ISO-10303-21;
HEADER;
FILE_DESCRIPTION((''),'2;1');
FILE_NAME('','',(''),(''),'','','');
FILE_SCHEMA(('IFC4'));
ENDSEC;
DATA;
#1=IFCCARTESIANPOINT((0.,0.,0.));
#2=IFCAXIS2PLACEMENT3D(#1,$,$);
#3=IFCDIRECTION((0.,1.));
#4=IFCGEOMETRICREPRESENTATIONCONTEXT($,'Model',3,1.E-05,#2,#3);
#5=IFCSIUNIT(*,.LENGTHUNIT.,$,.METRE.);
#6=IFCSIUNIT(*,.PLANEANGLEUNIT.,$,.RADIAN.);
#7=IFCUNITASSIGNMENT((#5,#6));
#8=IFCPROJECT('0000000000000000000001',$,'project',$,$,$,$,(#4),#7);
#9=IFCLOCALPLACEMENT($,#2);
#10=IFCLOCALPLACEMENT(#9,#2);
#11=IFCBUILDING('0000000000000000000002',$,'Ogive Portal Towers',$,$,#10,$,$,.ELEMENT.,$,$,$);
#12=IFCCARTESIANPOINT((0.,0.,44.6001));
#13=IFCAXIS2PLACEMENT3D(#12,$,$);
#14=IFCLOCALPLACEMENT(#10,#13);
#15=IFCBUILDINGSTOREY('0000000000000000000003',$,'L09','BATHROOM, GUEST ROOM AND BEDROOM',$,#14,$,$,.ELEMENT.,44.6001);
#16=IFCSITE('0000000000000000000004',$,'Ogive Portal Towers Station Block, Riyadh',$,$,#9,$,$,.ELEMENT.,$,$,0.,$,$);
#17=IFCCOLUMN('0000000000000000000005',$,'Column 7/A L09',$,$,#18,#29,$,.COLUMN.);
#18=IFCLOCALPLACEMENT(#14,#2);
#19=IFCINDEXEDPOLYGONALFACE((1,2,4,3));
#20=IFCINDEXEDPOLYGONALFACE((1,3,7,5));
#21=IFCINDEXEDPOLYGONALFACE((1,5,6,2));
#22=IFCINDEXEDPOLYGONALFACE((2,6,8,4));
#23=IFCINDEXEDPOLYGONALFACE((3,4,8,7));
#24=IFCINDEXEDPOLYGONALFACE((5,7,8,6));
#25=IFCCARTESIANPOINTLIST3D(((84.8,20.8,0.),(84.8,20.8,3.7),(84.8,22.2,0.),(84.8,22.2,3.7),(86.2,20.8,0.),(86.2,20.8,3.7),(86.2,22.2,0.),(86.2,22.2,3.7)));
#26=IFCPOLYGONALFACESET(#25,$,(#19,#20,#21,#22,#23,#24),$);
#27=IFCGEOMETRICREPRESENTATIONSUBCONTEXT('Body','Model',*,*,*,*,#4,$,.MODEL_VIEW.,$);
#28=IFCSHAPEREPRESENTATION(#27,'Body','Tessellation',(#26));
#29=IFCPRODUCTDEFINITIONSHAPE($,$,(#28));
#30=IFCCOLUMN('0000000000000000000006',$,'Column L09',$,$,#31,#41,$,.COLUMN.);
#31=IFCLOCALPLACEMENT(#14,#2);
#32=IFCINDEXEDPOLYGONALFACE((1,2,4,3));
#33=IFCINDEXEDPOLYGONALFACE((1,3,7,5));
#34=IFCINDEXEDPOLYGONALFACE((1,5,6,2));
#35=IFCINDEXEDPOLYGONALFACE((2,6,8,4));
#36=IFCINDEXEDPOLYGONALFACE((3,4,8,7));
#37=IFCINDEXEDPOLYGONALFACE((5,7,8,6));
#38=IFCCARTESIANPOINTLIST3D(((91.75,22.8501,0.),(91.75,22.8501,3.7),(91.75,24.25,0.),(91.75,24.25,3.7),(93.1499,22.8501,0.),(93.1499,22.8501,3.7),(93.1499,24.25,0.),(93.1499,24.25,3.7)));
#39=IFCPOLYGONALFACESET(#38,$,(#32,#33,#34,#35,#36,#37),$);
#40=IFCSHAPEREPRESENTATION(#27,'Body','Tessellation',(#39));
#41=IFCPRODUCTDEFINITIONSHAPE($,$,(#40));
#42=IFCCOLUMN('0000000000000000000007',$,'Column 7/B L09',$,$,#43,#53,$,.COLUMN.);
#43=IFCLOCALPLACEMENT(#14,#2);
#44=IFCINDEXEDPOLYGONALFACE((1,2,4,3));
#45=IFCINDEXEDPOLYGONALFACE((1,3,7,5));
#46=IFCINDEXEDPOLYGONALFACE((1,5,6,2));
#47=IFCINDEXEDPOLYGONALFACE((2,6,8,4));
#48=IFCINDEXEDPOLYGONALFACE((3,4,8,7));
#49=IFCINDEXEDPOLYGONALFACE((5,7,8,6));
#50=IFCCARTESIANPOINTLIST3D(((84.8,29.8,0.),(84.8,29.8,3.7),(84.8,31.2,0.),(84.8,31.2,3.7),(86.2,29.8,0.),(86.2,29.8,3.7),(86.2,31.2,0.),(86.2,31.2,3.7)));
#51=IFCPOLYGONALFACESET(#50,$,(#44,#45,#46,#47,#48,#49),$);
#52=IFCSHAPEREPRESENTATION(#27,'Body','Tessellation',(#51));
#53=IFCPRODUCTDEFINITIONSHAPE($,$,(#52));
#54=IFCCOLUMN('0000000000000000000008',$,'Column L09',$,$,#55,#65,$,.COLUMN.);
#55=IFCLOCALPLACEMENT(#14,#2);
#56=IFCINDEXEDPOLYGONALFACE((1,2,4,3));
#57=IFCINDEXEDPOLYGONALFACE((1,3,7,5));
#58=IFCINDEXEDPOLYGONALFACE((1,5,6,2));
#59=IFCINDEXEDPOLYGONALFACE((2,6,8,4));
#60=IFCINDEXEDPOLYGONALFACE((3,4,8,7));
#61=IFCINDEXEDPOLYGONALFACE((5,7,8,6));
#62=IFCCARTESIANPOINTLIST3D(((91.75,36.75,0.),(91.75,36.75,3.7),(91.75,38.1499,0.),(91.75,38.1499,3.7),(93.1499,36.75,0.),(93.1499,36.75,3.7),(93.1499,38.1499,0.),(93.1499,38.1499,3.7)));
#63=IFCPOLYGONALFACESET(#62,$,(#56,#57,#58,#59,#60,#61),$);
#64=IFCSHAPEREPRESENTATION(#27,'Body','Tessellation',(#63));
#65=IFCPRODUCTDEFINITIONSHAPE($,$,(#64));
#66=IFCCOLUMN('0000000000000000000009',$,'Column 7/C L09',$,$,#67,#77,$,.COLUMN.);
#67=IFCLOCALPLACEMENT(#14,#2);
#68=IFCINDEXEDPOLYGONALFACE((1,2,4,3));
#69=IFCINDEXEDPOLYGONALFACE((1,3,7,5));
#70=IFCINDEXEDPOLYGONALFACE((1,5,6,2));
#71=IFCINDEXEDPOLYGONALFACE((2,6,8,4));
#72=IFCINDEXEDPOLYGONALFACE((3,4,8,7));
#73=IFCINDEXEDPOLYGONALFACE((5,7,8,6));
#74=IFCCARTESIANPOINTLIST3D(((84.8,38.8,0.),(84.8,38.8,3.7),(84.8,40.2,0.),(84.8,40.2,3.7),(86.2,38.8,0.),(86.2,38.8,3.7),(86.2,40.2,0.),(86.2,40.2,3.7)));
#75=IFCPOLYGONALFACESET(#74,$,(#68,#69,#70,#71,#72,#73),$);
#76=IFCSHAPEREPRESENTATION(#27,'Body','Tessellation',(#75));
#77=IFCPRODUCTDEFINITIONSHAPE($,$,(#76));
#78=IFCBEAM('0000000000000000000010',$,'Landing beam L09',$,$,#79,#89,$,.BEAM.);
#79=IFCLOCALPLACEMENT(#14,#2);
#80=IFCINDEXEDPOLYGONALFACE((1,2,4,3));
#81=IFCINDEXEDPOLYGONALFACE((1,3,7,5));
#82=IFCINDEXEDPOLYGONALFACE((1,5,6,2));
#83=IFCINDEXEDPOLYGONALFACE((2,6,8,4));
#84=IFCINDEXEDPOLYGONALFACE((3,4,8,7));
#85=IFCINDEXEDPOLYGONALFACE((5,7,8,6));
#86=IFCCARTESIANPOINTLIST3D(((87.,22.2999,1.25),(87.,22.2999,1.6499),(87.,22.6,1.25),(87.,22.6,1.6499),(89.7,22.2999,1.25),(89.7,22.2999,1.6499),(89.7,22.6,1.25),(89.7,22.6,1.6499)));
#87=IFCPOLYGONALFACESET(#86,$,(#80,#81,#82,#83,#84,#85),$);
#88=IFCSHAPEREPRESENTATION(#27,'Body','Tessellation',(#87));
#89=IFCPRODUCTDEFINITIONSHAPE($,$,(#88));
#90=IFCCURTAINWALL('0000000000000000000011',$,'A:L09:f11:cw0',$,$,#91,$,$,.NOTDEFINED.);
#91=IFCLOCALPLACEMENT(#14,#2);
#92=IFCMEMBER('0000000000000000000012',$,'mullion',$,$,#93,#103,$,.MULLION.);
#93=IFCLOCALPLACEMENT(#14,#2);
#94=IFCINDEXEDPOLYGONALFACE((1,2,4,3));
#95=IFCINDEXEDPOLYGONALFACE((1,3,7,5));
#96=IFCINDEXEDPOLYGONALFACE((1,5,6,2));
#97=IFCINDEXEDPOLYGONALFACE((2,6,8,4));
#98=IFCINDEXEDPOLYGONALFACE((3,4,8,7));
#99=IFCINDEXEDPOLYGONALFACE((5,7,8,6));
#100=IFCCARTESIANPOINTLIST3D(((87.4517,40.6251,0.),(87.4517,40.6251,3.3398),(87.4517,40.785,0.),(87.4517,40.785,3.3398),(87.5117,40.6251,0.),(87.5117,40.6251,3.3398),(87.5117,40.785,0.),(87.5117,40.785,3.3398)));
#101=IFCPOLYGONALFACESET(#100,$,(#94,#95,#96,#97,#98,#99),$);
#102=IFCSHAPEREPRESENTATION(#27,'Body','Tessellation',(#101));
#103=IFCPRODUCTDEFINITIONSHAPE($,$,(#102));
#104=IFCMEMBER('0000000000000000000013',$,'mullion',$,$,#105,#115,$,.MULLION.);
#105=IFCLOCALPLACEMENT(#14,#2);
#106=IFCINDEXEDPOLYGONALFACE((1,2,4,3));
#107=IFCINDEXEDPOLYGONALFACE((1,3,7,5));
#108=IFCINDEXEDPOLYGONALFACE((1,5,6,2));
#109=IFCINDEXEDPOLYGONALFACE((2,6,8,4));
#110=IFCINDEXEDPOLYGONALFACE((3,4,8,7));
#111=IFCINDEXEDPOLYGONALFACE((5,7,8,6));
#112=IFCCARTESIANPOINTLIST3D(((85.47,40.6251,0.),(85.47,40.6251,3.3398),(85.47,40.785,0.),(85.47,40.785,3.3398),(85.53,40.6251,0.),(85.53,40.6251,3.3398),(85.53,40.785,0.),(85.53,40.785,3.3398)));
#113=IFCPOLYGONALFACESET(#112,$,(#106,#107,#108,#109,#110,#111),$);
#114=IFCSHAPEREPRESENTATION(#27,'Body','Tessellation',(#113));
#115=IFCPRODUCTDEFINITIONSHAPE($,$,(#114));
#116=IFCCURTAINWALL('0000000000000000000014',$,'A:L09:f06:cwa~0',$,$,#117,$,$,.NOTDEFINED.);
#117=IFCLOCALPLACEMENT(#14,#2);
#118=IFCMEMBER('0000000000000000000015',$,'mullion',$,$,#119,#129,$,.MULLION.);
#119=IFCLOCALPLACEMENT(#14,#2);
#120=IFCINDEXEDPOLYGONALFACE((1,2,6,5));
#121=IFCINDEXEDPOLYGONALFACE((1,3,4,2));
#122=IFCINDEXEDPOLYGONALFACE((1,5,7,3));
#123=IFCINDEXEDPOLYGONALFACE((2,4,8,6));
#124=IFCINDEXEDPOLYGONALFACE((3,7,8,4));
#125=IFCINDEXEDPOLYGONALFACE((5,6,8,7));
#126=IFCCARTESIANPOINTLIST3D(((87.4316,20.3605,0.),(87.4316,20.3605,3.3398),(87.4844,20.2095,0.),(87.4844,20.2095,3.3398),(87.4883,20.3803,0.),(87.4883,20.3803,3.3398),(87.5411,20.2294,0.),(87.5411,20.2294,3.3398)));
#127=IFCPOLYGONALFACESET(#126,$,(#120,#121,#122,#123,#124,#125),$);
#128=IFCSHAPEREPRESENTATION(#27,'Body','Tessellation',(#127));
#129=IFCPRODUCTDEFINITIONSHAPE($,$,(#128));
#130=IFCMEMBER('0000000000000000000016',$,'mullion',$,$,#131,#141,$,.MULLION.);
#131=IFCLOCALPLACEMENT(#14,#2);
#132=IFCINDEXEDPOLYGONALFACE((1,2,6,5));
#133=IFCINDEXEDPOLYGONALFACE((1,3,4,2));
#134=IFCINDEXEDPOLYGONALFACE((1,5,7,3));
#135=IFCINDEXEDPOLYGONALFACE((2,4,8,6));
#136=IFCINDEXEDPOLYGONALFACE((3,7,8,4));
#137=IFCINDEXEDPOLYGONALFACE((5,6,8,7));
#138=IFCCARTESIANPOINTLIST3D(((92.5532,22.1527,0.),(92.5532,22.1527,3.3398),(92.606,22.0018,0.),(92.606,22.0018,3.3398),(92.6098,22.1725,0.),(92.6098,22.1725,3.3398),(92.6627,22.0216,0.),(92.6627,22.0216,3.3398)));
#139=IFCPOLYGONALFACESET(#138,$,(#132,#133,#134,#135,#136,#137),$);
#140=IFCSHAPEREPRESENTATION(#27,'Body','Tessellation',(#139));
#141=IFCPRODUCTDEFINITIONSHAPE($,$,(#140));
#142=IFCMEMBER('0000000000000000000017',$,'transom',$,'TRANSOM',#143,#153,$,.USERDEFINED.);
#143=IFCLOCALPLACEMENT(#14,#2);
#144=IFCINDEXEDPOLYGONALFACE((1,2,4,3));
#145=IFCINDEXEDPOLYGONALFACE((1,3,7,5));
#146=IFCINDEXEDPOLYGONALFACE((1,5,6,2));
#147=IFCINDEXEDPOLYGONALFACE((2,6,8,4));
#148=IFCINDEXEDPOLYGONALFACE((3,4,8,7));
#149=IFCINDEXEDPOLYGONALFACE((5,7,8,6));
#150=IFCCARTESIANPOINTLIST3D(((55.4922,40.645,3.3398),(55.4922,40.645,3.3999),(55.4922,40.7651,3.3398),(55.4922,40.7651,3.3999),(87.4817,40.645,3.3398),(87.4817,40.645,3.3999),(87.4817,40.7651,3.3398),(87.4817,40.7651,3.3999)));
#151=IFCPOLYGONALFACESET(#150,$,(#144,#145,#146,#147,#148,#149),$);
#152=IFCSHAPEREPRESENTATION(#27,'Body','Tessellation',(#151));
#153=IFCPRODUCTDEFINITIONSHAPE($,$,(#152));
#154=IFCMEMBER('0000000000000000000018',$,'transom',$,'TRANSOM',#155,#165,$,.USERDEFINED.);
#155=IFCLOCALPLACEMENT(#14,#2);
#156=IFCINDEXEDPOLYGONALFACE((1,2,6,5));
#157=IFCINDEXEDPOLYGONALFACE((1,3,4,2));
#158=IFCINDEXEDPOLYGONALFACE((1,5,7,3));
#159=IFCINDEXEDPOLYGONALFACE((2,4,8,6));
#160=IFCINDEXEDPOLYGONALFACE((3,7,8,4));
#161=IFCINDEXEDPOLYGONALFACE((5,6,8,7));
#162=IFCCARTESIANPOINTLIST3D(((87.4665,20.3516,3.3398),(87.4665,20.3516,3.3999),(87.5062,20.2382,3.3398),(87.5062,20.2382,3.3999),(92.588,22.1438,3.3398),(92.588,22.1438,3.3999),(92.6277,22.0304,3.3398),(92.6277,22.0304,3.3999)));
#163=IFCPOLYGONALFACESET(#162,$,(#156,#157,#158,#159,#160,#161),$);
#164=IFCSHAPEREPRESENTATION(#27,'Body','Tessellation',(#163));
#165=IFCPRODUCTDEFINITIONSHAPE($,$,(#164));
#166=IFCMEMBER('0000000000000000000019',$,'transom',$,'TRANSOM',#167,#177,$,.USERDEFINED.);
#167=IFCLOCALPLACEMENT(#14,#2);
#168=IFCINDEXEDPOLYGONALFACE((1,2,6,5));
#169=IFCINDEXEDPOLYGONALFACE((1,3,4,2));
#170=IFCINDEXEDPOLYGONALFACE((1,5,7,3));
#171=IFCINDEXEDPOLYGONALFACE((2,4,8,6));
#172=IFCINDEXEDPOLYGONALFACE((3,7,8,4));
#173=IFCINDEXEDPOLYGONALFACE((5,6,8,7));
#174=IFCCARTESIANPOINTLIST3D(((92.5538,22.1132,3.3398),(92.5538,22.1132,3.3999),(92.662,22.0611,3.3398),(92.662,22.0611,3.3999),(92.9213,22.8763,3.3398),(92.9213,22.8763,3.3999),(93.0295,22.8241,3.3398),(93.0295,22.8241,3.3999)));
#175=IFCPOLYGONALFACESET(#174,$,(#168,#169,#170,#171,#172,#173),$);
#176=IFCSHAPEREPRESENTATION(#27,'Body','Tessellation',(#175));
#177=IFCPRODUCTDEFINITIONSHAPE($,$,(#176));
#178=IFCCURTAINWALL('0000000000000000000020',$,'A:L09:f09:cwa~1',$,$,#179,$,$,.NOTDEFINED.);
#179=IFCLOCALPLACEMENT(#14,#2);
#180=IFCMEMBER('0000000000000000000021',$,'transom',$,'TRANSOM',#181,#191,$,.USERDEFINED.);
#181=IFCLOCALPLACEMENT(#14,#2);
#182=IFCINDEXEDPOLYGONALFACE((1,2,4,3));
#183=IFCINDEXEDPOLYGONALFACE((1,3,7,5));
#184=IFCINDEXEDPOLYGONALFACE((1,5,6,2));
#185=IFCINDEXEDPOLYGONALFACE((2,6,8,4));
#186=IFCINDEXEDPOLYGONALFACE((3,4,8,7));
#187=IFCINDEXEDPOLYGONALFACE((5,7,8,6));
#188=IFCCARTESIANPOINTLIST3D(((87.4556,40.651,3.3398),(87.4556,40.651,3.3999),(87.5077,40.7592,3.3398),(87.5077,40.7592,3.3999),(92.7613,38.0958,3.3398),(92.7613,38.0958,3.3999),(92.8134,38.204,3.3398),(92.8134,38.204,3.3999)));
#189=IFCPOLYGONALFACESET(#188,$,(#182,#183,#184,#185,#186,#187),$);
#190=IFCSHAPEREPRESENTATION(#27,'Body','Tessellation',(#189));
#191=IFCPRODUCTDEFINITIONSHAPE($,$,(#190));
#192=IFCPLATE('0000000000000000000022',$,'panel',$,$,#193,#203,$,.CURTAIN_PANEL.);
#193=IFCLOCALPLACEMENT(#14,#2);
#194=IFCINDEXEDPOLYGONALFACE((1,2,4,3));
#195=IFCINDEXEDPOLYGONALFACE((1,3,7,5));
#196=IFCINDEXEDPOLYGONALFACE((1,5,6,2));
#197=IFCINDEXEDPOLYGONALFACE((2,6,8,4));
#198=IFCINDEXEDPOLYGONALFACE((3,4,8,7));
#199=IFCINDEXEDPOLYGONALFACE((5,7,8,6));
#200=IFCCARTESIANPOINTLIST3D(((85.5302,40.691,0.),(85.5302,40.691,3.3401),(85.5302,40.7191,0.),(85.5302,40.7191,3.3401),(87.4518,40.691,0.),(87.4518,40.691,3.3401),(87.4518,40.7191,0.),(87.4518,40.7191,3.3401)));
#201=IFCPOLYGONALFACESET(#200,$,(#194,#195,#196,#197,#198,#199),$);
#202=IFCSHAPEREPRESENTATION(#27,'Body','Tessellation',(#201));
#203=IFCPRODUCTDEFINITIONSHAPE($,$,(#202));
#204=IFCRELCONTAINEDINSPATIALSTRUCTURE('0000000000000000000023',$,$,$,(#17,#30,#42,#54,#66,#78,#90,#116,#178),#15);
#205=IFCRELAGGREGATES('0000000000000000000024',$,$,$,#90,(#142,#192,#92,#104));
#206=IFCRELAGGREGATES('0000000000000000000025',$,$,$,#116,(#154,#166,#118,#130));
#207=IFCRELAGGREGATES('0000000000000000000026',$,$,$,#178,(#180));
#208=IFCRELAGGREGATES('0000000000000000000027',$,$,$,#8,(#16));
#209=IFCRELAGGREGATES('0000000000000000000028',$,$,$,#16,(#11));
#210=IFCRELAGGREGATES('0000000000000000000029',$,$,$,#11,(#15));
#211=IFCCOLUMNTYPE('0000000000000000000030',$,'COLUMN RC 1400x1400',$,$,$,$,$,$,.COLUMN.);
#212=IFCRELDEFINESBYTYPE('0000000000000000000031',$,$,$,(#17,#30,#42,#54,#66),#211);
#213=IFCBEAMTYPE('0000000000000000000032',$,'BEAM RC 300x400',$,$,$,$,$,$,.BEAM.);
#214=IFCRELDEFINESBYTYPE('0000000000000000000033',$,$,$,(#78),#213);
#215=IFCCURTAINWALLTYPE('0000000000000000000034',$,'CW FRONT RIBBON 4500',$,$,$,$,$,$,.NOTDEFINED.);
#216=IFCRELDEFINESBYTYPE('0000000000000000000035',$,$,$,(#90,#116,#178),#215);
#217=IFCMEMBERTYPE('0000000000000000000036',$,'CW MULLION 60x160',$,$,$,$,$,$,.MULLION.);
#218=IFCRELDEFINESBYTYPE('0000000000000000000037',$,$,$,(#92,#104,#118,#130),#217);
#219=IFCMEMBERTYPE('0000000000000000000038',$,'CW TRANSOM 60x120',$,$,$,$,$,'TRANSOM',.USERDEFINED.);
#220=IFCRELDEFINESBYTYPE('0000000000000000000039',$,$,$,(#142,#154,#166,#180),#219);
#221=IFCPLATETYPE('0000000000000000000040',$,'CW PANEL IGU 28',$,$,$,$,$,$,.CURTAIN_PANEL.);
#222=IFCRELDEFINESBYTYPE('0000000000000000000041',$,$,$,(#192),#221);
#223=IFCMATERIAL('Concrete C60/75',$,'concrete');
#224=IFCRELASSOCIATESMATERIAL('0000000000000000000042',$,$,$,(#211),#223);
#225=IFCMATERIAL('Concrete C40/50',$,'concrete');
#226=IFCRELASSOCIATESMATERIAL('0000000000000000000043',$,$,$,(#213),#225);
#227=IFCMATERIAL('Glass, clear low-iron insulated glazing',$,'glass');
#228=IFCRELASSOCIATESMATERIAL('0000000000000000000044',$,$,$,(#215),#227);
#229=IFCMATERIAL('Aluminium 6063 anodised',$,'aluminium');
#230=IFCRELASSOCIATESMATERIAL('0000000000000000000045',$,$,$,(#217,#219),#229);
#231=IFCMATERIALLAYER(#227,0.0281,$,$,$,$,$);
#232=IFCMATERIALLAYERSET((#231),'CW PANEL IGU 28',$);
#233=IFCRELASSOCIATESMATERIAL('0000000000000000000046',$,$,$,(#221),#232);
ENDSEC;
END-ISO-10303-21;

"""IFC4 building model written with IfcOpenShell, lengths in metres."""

from ifc_helpers import new_model, si_unit, direction, frame, origin, origin_2d, place, context, subcontext, project, spatial, rectangle, extrude, material, layer, layer_set, material_profile, profile_set, type_object, element, aggregate, save


model = new_model("IFC4")

# Units and contexts
model_context = context("Model", 3, precision=1e-05, world=origin(), true_north=direction((0.0, 1.0)))
body_context = subcontext(model_context, "Body", "Model", "MODEL_VIEW")
ifc_project = project(units=[si_unit("LENGTHUNIT", "METRE"), si_unit("PLANEANGLEUNIT", "RADIAN")], contexts=[model_context])

# Site, building, storey
site_placement = place(None, origin())
site = spatial("IfcSite", under=ifc_project, at=site_placement, Name="Ogive Portal Towers Station Block, Riyadh", CompositionType="ELEMENT", RefElevation=0.0)
building_placement = place(site_placement, origin())
building = spatial("IfcBuilding", under=site, at=building_placement, Name="Ogive Portal Towers", CompositionType="ELEMENT")
storey_placement = place(building_placement, frame((0.0, 0.0, 44.6001)))
storey = spatial("IfcBuildingStorey", under=building, at=storey_placement, Name="L09", Description="BATHROOM, GUEST ROOM AND BEDROOM", CompositionType="ELEMENT", Elevation=44.6001)

# Columns
ifc_material_1 = material(Name="Concrete C60/75", Category="concrete")
ifc_material_profile_1 = material_profile(ifc_material_1, rectangle(XDim=1.3999, YDim=1.3999, at=origin_2d()), Name="RC 1400x1400")
ifc_profile_set_1 = profile_set([ifc_material_profile_1], Name="Concrete C60/75")
column_type = type_object("IfcColumnType", Name="COLUMN RC 1400x1400", PredefinedType="COLUMN", material=ifc_profile_set_1)
for number, where, z_axis, x_axis, name in (
    (1, (85.5, 21.5, 0.0), (0.0, 0.0, 1.0), (1.0, 0.0, 0.0), "Column 7/A L09"),
    (2, (92.45, 23.55, 0.0), (0.0, 0.0, 1.0), (1.0, 0.0, 0.0), "Column L09"),
    (3, (85.5, 30.5, 0.0), (0.0, 0.0, 1.0), (1.0, 0.0, 0.0), "Column 7/B L09"),
    (4, (92.45, 37.45, 0.0), (0.0, 0.0, 1.0), (1.0, 0.0, 0.0), "Column L09"),
    (5, (85.5, 39.5, 0.0), (0.0, 0.0, 1.0), (1.0, 0.0, 0.0), "Column 7/C L09"),
):
    element("IfcColumn", number, at=place(storey_placement, frame(where, z_axis=z_axis, x_axis=x_axis)), inside=storey, type_object=column_type, Name=name, PredefinedType="COLUMN", context=body_context, shape_type="SweptSolid", body=[
        extrude(rectangle(XDim=1.3999, YDim=1.3999, at=origin_2d()), origin(), (0.0, 0.0, 1.0), 3.7),
    ])

# Beam
ifc_material_2 = material(Name="Concrete C40/50", Category="concrete")
ifc_material_profile_2 = material_profile(ifc_material_2, rectangle(XDim=0.3, YDim=0.3999, at=origin_2d()), Name="RC 300x400")
ifc_profile_set_2 = profile_set([ifc_material_profile_2], Name="Concrete C40/50")
beam_type = type_object("IfcBeamType", Name="BEAM RC 300x400", PredefinedType="BEAM", material=ifc_profile_set_2)
beam_placement = place(storey_placement, frame((87.0, 22.45, 1.45), z_axis=(1.0, 0.0, 0.0), x_axis=(0.0, 1.0, 0.0)))
element("IfcBeam", 6, at=beam_placement, inside=storey, type_object=beam_type, Name="Landing beam L09", PredefinedType="BEAM", context=body_context, shape_type="SweptSolid", body=[
    extrude(rectangle(XDim=0.3, YDim=0.3999, at=origin_2d()), origin(), (0.0, 0.0, 1.0), 2.7),
])

# Curtain walls, members
ifc_material_3 = material(Name="Glass, clear low-iron insulated glazing", Category="glass")
curtain_wall_type = type_object("IfcCurtainWallType", Name="CW FRONT RIBBON 4500", PredefinedType="NOTDEFINED", material=ifc_material_3)
curtain_wall_1_placement = place(storey_placement, origin())
curtain_wall_1 = element("IfcCurtainWall", 7, at=curtain_wall_1_placement, inside=storey, type_object=curtain_wall_type, Name="A:L09:f11:cw0", PredefinedType="NOTDEFINED")
ifc_material_4 = material(Name="Aluminium 6063 anodised", Category="aluminium")
ifc_material_profile_3 = material_profile(ifc_material_4, rectangle(XDim=0.1599, YDim=0.0601, at=origin_2d()), Name="AL 60x160")
ifc_profile_set_3 = profile_set([ifc_material_profile_3], Name="Aluminium 6063 anodised")
member_type_1 = type_object("IfcMemberType", Name="CW MULLION 60x160", PredefinedType="MULLION", material=ifc_profile_set_3)
member_1_placement = place(storey_placement, frame((87.4817, 40.7051, 0.0), z_axis=(0.0, 0.0, 1.0), x_axis=(0.0, -1.0, 0.0)))
member_1 = element("IfcMember", 8, at=member_1_placement, type_object=member_type_1, Name="mullion", PredefinedType="MULLION", context=body_context, shape_type="SweptSolid", body=[
    extrude(rectangle(XDim=0.1599, YDim=0.0601, at=origin_2d()), origin(), (0.0, 0.0, 1.0), 3.3398),
])
member_2_placement = place(storey_placement, frame((85.5, 40.7051, 0.0), z_axis=(0.0, 0.0, 1.0), x_axis=(0.0, -1.0, 0.0)))
member_2 = element("IfcMember", 9, at=member_2_placement, type_object=member_type_1, Name="mullion", PredefinedType="MULLION", context=body_context, shape_type="SweptSolid", body=[
    extrude(rectangle(XDim=0.1599, YDim=0.0601, at=origin_2d()), origin(), (0.0, 0.0, 1.0), 3.3398),
])
curtain_wall_2_placement = place(storey_placement, origin())
curtain_wall_2 = element("IfcCurtainWall", 10, at=curtain_wall_2_placement, inside=storey, type_object=curtain_wall_type, Name="A:L09:f06:cwa~0", PredefinedType="NOTDEFINED")
member_3_placement = place(storey_placement, frame((87.4863, 20.2949, 0.0), z_axis=(0.0, 0.0, 1.0), x_axis=(-0.330279, 0.943883, 0.0)))
member_3 = element("IfcMember", 11, at=member_3_placement, type_object=member_type_1, Name="mullion", PredefinedType="MULLION", context=body_context, shape_type="SweptSolid", body=[
    extrude(rectangle(XDim=0.1599, YDim=0.0601, at=origin_2d()), origin(), (0.0, 0.0, 1.0), 3.3398),
])
member_4_placement = place(storey_placement, frame((92.6079, 22.0872, 0.0), z_axis=(0.0, 0.0, 1.0), x_axis=(-0.330279, 0.943883, 0.0)))
member_4 = element("IfcMember", 12, at=member_4_placement, type_object=member_type_1, Name="mullion", PredefinedType="MULLION", context=body_context, shape_type="SweptSolid", body=[
    extrude(rectangle(XDim=0.1599, YDim=0.0601, at=origin_2d()), origin(), (0.0, 0.0, 1.0), 3.3398),
])

# Members
ifc_material_profile_4 = material_profile(ifc_material_4, rectangle(XDim=0.1201, YDim=0.0601, at=origin_2d()), Name="AL 120x60")
ifc_profile_set_4 = profile_set([ifc_material_profile_4], Name="Aluminium 6063 anodised")
member_type_2 = type_object("IfcMemberType", Name="CW TRANSOM 60x120", ElementType="TRANSOM", PredefinedType="USERDEFINED", material=ifc_profile_set_4)
member_5_placement = place(storey_placement, frame((87.4817, 40.7051, 3.3699), z_axis=(-1.0, 0.0, 0.0), x_axis=(0.0, -1.0, 0.0)))
member_5 = element("IfcMember", 13, at=member_5_placement, type_object=member_type_2, Name="transom", ObjectType="TRANSOM", PredefinedType="USERDEFINED", context=body_context, shape_type="SweptSolid", body=[
    extrude(rectangle(XDim=0.1201, YDim=0.0601, at=origin_2d()), origin(), (0.0, 0.0, 1.0), 31.9895),
])
member_6_placement = place(storey_placement, frame((87.4863, 20.2949, 3.3699), z_axis=(0.943877, 0.330298, 0.0), x_axis=(-0.330298, 0.943877, 0.0)))
member_6 = element("IfcMember", 14, at=member_6_placement, type_object=member_type_2, Name="transom", ObjectType="TRANSOM", PredefinedType="USERDEFINED", context=body_context, shape_type="SweptSolid", body=[
    extrude(rectangle(XDim=0.1201, YDim=0.0601, at=origin_2d()), origin(), (0.0, 0.0, 1.0), 5.426),
])
member_7_placement = place(storey_placement, frame((92.6079, 22.0872, 3.3699), z_axis=(0.433902, 0.90096, 0.0), x_axis=(-0.90096, 0.433902, 0.0)))
member_7 = element("IfcMember", 15, at=member_7_placement, type_object=member_type_2, Name="transom", ObjectType="TRANSOM", PredefinedType="USERDEFINED", context=body_context, shape_type="SweptSolid", body=[
    extrude(rectangle(XDim=0.1201, YDim=0.0601, at=origin_2d()), origin(), (0.0, 0.0, 1.0), 0.8469),
])

# Curtain wall, member
curtain_wall_3_placement = place(storey_placement, origin())
curtain_wall_3 = element("IfcCurtainWall", 16, at=curtain_wall_3_placement, inside=storey, type_object=curtain_wall_type, Name="A:L09:f09:cwa~1", PredefinedType="NOTDEFINED")
member_8_placement = place(storey_placement, frame((92.7874, 38.1499, 3.3699), z_axis=(-0.900962, 0.433898, 0.0), x_axis=(-0.433898, -0.900962, 0.0)))
member_8 = element("IfcMember", 17, at=member_8_placement, type_object=member_type_2, Name="transom", ObjectType="TRANSOM", PredefinedType="USERDEFINED", context=body_context, shape_type="SweptSolid", body=[
    extrude(rectangle(XDim=0.1201, YDim=0.0601, at=origin_2d()), origin(), (0.0, 0.0, 1.0), 5.8889),
])

# Plate
ifc_layer_1 = layer(ifc_material_3, 0.0281)
ifc_layer_set_1 = layer_set([ifc_layer_1], Name="CW PANEL IGU 28")
plate_type = type_object("IfcPlateType", Name="CW PANEL IGU 28", PredefinedType="CURTAIN_PANEL", material=ifc_layer_set_1)
plate_1_placement = place(storey_placement, frame((86.491, 40.7051, 0.0), z_axis=(0.0, 0.0, 1.0), x_axis=(-1.0, 0.0, 0.0)))
plate_1 = element("IfcPlate", 18, at=plate_1_placement, type_object=plate_type, Name="panel", PredefinedType="CURTAIN_PANEL", context=body_context, shape_type="SweptSolid", body=[
    extrude(rectangle(XDim=1.9216, YDim=0.0281, at=origin_2d()), origin(), (0.0, 0.0, 1.0), 3.3401),
])
aggregate(curtain_wall_1, [member_5, plate_1, member_1, member_2])
aggregate(curtain_wall_2, [member_6, member_7, member_3, member_4])
aggregate(curtain_wall_3, [member_8])

save(model, "model.ifc")
